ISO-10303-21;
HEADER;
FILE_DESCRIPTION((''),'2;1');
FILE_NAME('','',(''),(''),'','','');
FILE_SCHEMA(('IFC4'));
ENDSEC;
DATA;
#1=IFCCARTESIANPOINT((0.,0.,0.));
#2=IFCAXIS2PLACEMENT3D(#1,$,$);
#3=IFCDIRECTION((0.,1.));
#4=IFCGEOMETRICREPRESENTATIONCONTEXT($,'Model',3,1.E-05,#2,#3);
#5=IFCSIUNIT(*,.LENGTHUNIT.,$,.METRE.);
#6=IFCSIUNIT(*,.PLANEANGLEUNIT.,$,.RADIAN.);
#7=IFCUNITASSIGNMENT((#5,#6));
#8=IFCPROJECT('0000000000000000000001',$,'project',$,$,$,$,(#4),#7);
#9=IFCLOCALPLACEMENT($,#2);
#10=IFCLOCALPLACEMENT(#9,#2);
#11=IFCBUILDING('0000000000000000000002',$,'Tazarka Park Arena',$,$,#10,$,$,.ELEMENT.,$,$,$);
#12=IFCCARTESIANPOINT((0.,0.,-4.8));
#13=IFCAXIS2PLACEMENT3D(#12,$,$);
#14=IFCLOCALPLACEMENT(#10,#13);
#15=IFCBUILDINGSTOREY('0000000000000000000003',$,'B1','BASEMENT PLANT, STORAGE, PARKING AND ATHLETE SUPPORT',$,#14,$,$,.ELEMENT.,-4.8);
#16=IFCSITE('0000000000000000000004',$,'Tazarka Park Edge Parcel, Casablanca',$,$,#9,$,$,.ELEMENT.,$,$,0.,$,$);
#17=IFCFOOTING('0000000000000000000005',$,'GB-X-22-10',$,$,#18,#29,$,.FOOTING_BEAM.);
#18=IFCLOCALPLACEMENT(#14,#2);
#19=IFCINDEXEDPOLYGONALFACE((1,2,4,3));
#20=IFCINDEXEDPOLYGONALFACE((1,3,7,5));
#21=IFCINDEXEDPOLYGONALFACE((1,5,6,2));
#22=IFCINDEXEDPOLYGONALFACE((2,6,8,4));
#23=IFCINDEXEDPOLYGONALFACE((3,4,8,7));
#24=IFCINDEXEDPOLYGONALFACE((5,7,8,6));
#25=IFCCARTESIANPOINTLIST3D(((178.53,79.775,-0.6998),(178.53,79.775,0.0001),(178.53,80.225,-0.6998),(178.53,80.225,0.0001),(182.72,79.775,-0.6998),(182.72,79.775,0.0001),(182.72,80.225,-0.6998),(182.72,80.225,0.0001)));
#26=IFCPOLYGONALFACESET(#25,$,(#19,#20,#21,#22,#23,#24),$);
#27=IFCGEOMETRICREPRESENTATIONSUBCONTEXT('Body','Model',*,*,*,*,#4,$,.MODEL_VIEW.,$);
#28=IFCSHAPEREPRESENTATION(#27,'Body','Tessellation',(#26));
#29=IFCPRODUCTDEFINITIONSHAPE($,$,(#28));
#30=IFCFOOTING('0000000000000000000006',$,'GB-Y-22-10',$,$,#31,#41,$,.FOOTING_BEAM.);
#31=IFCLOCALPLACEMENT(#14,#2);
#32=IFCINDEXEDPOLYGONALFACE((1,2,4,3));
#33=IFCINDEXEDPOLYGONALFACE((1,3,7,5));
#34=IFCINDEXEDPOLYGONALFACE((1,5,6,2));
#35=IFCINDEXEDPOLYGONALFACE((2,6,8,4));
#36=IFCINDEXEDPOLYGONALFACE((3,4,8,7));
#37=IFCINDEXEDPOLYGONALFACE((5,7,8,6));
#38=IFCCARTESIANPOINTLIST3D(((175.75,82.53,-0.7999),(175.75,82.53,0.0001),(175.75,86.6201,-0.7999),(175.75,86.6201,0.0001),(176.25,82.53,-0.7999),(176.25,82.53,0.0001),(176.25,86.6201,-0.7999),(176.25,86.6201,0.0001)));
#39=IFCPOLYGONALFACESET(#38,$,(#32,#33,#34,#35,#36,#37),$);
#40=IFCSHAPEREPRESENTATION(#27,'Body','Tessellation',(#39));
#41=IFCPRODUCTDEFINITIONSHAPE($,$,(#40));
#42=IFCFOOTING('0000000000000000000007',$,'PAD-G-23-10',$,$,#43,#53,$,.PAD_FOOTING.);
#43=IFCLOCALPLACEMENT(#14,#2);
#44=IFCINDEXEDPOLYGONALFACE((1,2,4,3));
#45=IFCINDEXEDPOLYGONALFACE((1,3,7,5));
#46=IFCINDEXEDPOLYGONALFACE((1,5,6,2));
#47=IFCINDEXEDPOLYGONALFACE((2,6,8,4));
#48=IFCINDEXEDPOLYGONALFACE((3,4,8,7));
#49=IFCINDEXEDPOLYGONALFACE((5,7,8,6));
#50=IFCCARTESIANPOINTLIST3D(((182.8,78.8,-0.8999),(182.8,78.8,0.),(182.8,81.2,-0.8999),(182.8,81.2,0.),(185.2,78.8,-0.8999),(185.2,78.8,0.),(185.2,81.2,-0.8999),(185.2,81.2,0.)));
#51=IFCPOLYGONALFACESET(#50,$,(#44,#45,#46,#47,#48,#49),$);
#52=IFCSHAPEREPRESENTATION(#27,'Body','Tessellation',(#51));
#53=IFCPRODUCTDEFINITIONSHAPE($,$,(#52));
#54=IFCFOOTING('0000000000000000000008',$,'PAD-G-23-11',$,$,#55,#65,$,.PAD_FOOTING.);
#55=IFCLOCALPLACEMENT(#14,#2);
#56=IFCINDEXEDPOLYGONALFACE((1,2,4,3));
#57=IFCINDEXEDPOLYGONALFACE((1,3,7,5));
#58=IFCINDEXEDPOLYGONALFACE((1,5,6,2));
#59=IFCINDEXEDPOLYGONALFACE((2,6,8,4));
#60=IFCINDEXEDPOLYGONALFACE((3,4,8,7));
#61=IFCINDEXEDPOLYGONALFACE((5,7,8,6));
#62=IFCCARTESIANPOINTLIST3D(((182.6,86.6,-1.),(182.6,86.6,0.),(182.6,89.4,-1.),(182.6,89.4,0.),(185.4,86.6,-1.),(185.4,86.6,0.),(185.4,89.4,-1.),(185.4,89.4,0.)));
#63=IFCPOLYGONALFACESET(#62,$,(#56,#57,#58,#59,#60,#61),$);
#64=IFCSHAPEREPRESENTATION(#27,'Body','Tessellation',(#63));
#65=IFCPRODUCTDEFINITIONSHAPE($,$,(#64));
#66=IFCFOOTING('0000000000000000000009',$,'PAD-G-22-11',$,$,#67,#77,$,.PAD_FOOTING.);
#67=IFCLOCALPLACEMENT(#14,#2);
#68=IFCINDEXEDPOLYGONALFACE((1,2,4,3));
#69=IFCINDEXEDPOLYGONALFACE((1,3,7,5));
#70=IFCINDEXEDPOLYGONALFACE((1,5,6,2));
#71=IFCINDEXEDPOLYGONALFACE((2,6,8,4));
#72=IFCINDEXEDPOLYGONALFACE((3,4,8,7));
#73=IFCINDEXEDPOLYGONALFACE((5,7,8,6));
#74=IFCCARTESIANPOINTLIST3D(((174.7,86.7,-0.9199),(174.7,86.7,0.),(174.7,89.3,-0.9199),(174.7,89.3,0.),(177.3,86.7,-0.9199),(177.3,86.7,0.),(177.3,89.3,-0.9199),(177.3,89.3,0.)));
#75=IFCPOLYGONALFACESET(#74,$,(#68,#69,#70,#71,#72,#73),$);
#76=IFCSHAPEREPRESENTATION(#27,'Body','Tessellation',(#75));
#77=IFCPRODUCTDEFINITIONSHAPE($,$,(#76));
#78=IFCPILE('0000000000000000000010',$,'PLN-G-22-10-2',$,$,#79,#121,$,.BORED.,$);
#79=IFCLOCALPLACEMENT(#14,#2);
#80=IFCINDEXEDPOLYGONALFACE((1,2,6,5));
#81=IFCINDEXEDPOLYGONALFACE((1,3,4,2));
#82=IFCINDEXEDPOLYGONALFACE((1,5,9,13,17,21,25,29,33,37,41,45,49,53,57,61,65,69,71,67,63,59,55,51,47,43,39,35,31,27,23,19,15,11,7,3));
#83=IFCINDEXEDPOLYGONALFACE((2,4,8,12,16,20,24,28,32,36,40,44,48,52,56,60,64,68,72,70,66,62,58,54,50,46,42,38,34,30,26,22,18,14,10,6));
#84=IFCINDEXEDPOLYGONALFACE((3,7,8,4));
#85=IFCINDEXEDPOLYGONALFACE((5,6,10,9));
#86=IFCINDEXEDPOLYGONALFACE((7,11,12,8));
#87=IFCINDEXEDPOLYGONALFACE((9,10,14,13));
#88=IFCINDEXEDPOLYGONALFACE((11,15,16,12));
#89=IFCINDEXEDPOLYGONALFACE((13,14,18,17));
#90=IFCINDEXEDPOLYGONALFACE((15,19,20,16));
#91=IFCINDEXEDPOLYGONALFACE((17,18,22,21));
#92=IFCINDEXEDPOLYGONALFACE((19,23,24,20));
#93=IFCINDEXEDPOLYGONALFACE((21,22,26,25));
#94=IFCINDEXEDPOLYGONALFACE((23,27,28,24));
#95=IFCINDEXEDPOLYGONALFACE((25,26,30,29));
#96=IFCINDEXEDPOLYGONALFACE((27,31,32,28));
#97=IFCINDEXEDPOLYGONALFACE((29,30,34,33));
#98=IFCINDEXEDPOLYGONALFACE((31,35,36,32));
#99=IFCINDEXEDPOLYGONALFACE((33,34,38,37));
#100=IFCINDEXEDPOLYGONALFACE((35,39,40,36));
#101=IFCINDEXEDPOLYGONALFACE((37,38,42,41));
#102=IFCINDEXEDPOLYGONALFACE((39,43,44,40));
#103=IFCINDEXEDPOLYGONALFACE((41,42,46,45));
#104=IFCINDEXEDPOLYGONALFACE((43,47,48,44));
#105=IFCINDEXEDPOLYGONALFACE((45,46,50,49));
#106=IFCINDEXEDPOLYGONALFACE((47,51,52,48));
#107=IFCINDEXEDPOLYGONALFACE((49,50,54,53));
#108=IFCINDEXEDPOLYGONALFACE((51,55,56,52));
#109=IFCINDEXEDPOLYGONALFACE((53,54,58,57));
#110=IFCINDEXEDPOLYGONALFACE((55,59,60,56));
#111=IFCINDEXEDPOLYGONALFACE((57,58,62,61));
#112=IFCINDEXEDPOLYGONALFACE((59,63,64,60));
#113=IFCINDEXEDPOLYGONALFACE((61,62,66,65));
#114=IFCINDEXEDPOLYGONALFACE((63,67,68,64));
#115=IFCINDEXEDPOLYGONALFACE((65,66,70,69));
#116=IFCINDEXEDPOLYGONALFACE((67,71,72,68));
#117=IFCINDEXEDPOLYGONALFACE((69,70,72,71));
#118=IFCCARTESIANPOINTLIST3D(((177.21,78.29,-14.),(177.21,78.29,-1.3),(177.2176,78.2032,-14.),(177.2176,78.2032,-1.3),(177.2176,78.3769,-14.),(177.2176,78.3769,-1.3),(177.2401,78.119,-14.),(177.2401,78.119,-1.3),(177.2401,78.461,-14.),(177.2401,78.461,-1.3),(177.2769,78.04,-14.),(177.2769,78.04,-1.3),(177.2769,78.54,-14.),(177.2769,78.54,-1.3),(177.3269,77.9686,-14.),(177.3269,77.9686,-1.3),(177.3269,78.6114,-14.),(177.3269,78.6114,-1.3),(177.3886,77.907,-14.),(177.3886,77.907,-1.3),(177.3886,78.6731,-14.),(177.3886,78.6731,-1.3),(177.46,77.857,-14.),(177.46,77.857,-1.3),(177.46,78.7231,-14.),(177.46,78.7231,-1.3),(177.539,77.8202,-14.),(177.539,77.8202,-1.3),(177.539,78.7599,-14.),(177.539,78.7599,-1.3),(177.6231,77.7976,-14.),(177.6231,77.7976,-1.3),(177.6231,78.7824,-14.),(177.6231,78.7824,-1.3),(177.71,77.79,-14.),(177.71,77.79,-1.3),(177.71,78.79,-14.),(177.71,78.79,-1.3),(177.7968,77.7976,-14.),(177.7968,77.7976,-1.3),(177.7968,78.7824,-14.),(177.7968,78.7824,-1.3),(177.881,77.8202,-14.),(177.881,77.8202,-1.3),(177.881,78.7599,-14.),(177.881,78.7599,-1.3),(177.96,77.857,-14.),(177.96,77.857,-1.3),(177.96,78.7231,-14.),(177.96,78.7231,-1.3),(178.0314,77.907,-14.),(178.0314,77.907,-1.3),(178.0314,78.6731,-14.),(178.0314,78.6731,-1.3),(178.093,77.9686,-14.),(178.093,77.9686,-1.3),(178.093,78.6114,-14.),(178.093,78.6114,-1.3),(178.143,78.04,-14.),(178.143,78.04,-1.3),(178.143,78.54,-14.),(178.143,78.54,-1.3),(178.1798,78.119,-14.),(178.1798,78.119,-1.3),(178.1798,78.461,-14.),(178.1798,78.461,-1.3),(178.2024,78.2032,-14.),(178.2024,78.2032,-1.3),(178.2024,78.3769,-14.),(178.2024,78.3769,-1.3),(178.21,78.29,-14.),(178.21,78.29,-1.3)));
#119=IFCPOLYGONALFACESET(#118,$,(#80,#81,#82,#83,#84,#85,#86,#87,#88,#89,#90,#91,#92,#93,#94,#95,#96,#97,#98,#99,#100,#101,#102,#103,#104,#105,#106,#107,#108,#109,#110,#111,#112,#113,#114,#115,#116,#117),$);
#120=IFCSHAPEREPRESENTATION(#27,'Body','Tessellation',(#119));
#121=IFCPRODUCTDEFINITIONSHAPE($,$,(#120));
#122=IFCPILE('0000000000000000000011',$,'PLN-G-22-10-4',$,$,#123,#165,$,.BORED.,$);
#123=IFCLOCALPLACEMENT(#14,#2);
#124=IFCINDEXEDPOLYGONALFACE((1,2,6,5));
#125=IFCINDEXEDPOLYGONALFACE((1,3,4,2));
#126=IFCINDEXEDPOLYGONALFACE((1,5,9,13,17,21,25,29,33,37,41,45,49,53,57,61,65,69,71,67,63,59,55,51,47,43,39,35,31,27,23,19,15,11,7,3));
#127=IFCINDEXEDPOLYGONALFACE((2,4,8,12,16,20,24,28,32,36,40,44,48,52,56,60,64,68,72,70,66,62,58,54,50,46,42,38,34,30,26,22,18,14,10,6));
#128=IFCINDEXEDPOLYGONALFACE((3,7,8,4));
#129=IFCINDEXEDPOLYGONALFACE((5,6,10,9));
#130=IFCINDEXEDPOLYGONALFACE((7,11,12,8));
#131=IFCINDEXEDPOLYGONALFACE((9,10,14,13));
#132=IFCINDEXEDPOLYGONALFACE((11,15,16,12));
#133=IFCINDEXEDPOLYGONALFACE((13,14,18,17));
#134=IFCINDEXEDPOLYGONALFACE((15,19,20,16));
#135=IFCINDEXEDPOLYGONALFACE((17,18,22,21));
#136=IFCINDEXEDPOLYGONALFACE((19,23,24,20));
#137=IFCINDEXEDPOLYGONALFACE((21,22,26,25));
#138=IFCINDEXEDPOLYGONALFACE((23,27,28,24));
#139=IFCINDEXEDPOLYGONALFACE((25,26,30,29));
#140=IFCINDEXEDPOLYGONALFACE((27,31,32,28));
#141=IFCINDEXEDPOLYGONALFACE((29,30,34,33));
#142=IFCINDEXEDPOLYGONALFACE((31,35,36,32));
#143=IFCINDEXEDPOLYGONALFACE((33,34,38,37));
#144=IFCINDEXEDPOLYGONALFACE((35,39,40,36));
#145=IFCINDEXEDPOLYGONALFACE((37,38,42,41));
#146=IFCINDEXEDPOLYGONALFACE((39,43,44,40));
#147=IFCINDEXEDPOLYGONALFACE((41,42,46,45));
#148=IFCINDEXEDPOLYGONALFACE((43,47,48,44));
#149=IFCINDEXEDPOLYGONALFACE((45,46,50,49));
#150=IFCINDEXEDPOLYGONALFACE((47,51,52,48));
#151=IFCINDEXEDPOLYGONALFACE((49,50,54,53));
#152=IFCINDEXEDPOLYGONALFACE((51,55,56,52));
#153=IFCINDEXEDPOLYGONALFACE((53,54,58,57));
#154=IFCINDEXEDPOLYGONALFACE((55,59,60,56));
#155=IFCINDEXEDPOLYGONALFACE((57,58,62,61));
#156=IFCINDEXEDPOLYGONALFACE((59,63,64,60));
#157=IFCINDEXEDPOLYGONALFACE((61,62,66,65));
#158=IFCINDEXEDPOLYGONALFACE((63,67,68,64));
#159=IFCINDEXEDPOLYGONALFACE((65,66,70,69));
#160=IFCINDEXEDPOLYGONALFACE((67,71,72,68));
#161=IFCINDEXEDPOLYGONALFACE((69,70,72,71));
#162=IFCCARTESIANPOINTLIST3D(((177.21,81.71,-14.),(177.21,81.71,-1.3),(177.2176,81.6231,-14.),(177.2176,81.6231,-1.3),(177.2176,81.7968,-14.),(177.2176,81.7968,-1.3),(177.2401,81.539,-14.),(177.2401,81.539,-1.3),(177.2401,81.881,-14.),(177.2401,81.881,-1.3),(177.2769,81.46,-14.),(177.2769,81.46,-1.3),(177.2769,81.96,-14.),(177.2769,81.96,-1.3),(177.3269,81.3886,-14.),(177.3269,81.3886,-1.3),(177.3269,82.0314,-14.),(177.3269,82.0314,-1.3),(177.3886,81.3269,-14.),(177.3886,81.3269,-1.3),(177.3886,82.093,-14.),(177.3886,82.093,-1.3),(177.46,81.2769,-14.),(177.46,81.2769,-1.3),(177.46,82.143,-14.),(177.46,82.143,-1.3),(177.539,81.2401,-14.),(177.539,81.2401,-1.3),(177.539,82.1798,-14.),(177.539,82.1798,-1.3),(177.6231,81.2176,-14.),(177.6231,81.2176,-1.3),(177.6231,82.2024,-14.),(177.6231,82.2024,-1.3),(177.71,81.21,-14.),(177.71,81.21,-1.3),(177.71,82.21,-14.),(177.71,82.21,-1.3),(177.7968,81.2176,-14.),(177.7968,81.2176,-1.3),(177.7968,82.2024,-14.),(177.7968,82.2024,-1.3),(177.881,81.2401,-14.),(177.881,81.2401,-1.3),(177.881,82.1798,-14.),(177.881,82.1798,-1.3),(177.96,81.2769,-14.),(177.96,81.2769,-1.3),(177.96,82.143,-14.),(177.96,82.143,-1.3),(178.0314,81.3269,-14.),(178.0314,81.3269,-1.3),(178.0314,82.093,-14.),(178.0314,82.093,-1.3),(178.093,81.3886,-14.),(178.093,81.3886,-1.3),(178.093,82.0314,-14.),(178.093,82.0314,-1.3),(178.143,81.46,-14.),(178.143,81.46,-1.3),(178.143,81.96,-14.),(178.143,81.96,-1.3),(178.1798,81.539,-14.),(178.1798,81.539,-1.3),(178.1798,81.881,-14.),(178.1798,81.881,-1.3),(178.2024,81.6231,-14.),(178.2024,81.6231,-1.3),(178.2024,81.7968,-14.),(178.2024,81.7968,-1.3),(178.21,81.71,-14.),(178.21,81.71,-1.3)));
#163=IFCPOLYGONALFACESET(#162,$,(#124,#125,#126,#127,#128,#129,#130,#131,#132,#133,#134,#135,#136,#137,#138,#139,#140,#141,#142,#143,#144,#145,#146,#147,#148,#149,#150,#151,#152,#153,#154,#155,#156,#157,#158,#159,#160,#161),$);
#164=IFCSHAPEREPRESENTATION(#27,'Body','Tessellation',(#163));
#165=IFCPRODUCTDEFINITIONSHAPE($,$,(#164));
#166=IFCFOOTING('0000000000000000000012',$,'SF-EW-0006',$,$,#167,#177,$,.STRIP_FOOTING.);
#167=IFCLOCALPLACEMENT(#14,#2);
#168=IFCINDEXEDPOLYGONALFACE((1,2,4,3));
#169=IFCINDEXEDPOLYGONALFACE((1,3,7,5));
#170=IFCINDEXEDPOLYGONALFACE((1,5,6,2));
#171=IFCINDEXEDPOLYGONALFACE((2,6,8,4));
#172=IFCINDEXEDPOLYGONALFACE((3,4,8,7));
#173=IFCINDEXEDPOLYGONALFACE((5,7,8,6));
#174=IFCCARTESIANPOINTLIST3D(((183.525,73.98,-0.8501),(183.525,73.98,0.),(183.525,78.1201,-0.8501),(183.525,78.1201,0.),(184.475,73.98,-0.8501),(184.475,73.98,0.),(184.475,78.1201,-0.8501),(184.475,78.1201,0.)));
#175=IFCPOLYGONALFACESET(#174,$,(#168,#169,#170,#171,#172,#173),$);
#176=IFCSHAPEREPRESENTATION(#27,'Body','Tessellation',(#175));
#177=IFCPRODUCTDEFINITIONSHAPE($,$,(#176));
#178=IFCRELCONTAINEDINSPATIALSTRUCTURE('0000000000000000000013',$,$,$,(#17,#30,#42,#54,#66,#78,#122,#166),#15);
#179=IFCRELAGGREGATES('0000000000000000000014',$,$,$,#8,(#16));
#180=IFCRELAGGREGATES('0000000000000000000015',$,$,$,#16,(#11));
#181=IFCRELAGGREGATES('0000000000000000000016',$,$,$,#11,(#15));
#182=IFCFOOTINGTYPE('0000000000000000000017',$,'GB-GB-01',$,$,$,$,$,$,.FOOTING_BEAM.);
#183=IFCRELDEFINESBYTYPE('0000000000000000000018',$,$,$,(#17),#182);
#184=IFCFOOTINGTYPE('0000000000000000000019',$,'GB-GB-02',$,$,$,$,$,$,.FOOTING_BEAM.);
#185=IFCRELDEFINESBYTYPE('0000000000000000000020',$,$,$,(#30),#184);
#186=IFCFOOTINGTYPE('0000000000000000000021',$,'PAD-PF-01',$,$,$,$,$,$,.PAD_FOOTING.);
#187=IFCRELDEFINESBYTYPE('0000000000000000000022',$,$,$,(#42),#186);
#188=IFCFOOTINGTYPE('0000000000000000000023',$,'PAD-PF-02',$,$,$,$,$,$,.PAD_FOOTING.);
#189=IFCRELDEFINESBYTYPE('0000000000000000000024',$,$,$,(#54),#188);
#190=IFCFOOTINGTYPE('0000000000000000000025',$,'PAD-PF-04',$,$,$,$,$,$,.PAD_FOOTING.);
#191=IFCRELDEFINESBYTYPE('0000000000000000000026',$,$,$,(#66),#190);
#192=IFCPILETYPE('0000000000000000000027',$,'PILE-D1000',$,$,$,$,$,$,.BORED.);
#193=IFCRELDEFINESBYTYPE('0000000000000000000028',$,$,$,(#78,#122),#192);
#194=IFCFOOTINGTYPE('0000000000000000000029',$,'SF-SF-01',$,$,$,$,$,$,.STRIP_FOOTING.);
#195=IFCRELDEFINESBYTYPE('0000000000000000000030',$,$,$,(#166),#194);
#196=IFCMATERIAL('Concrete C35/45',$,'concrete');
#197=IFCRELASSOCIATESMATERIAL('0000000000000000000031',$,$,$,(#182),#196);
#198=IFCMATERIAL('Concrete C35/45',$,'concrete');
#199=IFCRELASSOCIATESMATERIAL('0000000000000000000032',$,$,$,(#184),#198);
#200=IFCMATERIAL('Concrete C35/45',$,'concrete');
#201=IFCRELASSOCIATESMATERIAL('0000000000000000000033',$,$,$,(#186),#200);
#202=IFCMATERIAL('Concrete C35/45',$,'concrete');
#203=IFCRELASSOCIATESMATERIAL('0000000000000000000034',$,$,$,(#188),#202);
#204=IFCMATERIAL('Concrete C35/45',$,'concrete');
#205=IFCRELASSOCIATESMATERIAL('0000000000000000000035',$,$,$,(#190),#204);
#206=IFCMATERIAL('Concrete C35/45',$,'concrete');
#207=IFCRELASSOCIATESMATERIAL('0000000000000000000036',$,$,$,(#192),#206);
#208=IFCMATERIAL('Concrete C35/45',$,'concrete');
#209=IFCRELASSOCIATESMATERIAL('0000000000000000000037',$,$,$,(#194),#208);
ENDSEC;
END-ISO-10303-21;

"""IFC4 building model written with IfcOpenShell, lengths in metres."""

from ifc_helpers import new_model, si_unit, direction, frame, origin, origin_2d, place, context, subcontext, project, spatial, rectangle, circle, extrude, material, material_profile, profile_set, type_object, element, save


model = new_model("IFC4")

# Units and contexts
model_context = context("Model", 3, precision=1e-05, world=origin(), true_north=direction((0.0, 1.0)))
body_context = subcontext(model_context, "Body", "Model", "MODEL_VIEW")
ifc_project = project(units=[si_unit("LENGTHUNIT", "METRE"), si_unit("PLANEANGLEUNIT", "RADIAN")], contexts=[model_context])

# Site, building, storey
site_placement = place(None, origin())
site = spatial("IfcSite", under=ifc_project, at=site_placement, Name="Tazarka Park Edge Parcel, Casablanca", CompositionType="ELEMENT", RefElevation=0.0)
building_placement = place(site_placement, origin())
building = spatial("IfcBuilding", under=site, at=building_placement, Name="Tazarka Park Arena", CompositionType="ELEMENT")
storey_placement = place(building_placement, frame((0.0, 0.0, -4.8)))
storey = spatial("IfcBuildingStorey", under=building, at=storey_placement, Name="B1", Description="BASEMENT PLANT, STORAGE, PARKING AND ATHLETE SUPPORT", CompositionType="ELEMENT", Elevation=-4.8)

# Footings
ifc_material_1 = material(Name="Concrete C35/45", Category="concrete")
ifc_material_profile_1 = material_profile(ifc_material_1, rectangle(XDim=0.45, YDim=0.7, at=origin_2d()), Name="Concrete C35/45")
ifc_profile_set_1 = profile_set([ifc_material_profile_1], Name="Concrete C35/45")
footing_type_1 = type_object("IfcFootingType", Name="GB-GB-01", PredefinedType="FOOTING_BEAM", material=ifc_profile_set_1)
footing_1_placement = place(storey_placement, frame((178.53, 80.0, -0.3499), z_axis=(1.0, 0.0, 0.0), x_axis=(0.0, 1.0, 0.0)))
element("IfcFooting", 1, at=footing_1_placement, inside=storey, type_object=footing_type_1, Name="GB-X-22-10", PredefinedType="FOOTING_BEAM", context=body_context, shape_type="SweptSolid", body=[
    extrude(rectangle(XDim=0.45, YDim=0.7, at=origin_2d()), origin(), (0.0, 0.0, 1.0), 4.1899),
])
ifc_material_2 = material(Name="Concrete C35/45", Category="concrete")
ifc_material_profile_2 = material_profile(ifc_material_2, rectangle(XDim=0.5, YDim=0.8, at=origin_2d()), Name="Concrete C35/45")
ifc_profile_set_2 = profile_set([ifc_material_profile_2], Name="Concrete C35/45")
footing_type_2 = type_object("IfcFootingType", Name="GB-GB-02", PredefinedType="FOOTING_BEAM", material=ifc_profile_set_2)
footing_2_placement = place(storey_placement, frame((176.0, 82.53, -0.3999), z_axis=(0.0, 1.0, 0.0), x_axis=(-1.0, 0.0, 0.0)))
element("IfcFooting", 2, at=footing_2_placement, inside=storey, type_object=footing_type_2, Name="GB-Y-22-10", PredefinedType="FOOTING_BEAM", context=body_context, shape_type="SweptSolid", body=[
    extrude(rectangle(XDim=0.5, YDim=0.8, at=origin_2d()), origin(), (0.0, 0.0, 1.0), 4.0901),
])
ifc_material_3 = material(Name="Concrete C35/45", Category="concrete")
footing_type_3 = type_object("IfcFootingType", Name="PAD-PF-01", PredefinedType="PAD_FOOTING", material=ifc_material_3)
footing_3_placement = place(storey_placement, frame((184.0, 80.0, -0.8999), z_axis=(0.0, 0.0, 1.0), x_axis=(1.0, 0.0, 0.0)))
element("IfcFooting", 3, at=footing_3_placement, inside=storey, type_object=footing_type_3, Name="PAD-G-23-10", PredefinedType="PAD_FOOTING", context=body_context, shape_type="SweptSolid", body=[
    extrude(rectangle(XDim=2.3999, YDim=2.3999, at=origin_2d()), origin(), (0.0, 0.0, 1.0), 0.8999),
])
ifc_material_4 = material(Name="Concrete C35/45", Category="concrete")
footing_type_4 = type_object("IfcFootingType", Name="PAD-PF-02", PredefinedType="PAD_FOOTING", material=ifc_material_4)
footing_4_placement = place(storey_placement, frame((184.0, 88.0, -1.0), z_axis=(0.0, 0.0, 1.0), x_axis=(1.0, 0.0, 0.0)))
element("IfcFooting", 4, at=footing_4_placement, inside=storey, type_object=footing_type_4, Name="PAD-G-23-11", PredefinedType="PAD_FOOTING", context=body_context, shape_type="SweptSolid", body=[
    extrude(rectangle(XDim=2.8, YDim=2.8, at=origin_2d()), origin(), (0.0, 0.0, 1.0), 1.0),
])
ifc_material_5 = material(Name="Concrete C35/45", Category="concrete")
footing_type_5 = type_object("IfcFootingType", Name="PAD-PF-04", PredefinedType="PAD_FOOTING", material=ifc_material_5)
footing_5_placement = place(storey_placement, frame((176.0, 88.0, -0.9199), z_axis=(0.0, 0.0, 1.0), x_axis=(1.0, 0.0, 0.0)))
element("IfcFooting", 5, at=footing_5_placement, inside=storey, type_object=footing_type_5, Name="PAD-G-22-11", PredefinedType="PAD_FOOTING", context=body_context, shape_type="SweptSolid", body=[
    extrude(rectangle(XDim=2.6001, YDim=2.6001, at=origin_2d()), origin(), (0.0, 0.0, 1.0), 0.9199),
])

# Piles
ifc_material_6 = material(Name="Concrete C35/45", Category="concrete")
ifc_material_profile_3 = material_profile(ifc_material_6, circle(Radius=0.5, at=origin_2d()), Name="Concrete C35/45")
ifc_profile_set_3 = profile_set([ifc_material_profile_3], Name="Concrete C35/45")
pile_type = type_object("IfcPileType", Name="PILE-D1000", PredefinedType="BORED", material=ifc_profile_set_3)
for number, where, z_axis, x_axis, name in (
    (6, (177.71, 78.29, -1.3), (0.0, 0.0, -1.0), (1.0, 0.0, 0.0), "PLN-G-22-10-2"),
    (7, (177.71, 81.71, -1.3), (0.0, 0.0, -1.0), (1.0, 0.0, 0.0), "PLN-G-22-10-4"),
):
    element("IfcPile", number, at=place(storey_placement, frame(where, z_axis=z_axis, x_axis=x_axis)), inside=storey, type_object=pile_type, Name=name, PredefinedType="BORED", context=body_context, shape_type="SweptSolid", body=[
        extrude(circle(Radius=0.5, at=origin_2d()), origin(), (0.0, 0.0, 1.0), 12.7),
    ])

# Footing
ifc_material_7 = material(Name="Concrete C35/45", Category="concrete")
ifc_material_profile_4 = material_profile(ifc_material_7, rectangle(XDim=0.95, YDim=0.8501, at=origin_2d()), Name="Concrete C35/45")
ifc_profile_set_4 = profile_set([ifc_material_profile_4], Name="Concrete C35/45")
footing_type_6 = type_object("IfcFootingType", Name="SF-SF-01", PredefinedType="STRIP_FOOTING", material=ifc_profile_set_4)
footing_6_placement = place(storey_placement, frame((184.0, 78.1201, -0.425), z_axis=(0.0, -1.0, 0.0), x_axis=(1.0, 0.0, 0.0)))
element("IfcFooting", 8, at=footing_6_placement, inside=storey, type_object=footing_type_6, Name="SF-EW-0006", PredefinedType="STRIP_FOOTING", context=body_context, shape_type="SweptSolid", body=[
    extrude(rectangle(XDim=0.95, YDim=0.8501, at=origin_2d()), origin(), (0.0, 0.0, 1.0), 4.1401),
])

save(model, "model.ifc")
